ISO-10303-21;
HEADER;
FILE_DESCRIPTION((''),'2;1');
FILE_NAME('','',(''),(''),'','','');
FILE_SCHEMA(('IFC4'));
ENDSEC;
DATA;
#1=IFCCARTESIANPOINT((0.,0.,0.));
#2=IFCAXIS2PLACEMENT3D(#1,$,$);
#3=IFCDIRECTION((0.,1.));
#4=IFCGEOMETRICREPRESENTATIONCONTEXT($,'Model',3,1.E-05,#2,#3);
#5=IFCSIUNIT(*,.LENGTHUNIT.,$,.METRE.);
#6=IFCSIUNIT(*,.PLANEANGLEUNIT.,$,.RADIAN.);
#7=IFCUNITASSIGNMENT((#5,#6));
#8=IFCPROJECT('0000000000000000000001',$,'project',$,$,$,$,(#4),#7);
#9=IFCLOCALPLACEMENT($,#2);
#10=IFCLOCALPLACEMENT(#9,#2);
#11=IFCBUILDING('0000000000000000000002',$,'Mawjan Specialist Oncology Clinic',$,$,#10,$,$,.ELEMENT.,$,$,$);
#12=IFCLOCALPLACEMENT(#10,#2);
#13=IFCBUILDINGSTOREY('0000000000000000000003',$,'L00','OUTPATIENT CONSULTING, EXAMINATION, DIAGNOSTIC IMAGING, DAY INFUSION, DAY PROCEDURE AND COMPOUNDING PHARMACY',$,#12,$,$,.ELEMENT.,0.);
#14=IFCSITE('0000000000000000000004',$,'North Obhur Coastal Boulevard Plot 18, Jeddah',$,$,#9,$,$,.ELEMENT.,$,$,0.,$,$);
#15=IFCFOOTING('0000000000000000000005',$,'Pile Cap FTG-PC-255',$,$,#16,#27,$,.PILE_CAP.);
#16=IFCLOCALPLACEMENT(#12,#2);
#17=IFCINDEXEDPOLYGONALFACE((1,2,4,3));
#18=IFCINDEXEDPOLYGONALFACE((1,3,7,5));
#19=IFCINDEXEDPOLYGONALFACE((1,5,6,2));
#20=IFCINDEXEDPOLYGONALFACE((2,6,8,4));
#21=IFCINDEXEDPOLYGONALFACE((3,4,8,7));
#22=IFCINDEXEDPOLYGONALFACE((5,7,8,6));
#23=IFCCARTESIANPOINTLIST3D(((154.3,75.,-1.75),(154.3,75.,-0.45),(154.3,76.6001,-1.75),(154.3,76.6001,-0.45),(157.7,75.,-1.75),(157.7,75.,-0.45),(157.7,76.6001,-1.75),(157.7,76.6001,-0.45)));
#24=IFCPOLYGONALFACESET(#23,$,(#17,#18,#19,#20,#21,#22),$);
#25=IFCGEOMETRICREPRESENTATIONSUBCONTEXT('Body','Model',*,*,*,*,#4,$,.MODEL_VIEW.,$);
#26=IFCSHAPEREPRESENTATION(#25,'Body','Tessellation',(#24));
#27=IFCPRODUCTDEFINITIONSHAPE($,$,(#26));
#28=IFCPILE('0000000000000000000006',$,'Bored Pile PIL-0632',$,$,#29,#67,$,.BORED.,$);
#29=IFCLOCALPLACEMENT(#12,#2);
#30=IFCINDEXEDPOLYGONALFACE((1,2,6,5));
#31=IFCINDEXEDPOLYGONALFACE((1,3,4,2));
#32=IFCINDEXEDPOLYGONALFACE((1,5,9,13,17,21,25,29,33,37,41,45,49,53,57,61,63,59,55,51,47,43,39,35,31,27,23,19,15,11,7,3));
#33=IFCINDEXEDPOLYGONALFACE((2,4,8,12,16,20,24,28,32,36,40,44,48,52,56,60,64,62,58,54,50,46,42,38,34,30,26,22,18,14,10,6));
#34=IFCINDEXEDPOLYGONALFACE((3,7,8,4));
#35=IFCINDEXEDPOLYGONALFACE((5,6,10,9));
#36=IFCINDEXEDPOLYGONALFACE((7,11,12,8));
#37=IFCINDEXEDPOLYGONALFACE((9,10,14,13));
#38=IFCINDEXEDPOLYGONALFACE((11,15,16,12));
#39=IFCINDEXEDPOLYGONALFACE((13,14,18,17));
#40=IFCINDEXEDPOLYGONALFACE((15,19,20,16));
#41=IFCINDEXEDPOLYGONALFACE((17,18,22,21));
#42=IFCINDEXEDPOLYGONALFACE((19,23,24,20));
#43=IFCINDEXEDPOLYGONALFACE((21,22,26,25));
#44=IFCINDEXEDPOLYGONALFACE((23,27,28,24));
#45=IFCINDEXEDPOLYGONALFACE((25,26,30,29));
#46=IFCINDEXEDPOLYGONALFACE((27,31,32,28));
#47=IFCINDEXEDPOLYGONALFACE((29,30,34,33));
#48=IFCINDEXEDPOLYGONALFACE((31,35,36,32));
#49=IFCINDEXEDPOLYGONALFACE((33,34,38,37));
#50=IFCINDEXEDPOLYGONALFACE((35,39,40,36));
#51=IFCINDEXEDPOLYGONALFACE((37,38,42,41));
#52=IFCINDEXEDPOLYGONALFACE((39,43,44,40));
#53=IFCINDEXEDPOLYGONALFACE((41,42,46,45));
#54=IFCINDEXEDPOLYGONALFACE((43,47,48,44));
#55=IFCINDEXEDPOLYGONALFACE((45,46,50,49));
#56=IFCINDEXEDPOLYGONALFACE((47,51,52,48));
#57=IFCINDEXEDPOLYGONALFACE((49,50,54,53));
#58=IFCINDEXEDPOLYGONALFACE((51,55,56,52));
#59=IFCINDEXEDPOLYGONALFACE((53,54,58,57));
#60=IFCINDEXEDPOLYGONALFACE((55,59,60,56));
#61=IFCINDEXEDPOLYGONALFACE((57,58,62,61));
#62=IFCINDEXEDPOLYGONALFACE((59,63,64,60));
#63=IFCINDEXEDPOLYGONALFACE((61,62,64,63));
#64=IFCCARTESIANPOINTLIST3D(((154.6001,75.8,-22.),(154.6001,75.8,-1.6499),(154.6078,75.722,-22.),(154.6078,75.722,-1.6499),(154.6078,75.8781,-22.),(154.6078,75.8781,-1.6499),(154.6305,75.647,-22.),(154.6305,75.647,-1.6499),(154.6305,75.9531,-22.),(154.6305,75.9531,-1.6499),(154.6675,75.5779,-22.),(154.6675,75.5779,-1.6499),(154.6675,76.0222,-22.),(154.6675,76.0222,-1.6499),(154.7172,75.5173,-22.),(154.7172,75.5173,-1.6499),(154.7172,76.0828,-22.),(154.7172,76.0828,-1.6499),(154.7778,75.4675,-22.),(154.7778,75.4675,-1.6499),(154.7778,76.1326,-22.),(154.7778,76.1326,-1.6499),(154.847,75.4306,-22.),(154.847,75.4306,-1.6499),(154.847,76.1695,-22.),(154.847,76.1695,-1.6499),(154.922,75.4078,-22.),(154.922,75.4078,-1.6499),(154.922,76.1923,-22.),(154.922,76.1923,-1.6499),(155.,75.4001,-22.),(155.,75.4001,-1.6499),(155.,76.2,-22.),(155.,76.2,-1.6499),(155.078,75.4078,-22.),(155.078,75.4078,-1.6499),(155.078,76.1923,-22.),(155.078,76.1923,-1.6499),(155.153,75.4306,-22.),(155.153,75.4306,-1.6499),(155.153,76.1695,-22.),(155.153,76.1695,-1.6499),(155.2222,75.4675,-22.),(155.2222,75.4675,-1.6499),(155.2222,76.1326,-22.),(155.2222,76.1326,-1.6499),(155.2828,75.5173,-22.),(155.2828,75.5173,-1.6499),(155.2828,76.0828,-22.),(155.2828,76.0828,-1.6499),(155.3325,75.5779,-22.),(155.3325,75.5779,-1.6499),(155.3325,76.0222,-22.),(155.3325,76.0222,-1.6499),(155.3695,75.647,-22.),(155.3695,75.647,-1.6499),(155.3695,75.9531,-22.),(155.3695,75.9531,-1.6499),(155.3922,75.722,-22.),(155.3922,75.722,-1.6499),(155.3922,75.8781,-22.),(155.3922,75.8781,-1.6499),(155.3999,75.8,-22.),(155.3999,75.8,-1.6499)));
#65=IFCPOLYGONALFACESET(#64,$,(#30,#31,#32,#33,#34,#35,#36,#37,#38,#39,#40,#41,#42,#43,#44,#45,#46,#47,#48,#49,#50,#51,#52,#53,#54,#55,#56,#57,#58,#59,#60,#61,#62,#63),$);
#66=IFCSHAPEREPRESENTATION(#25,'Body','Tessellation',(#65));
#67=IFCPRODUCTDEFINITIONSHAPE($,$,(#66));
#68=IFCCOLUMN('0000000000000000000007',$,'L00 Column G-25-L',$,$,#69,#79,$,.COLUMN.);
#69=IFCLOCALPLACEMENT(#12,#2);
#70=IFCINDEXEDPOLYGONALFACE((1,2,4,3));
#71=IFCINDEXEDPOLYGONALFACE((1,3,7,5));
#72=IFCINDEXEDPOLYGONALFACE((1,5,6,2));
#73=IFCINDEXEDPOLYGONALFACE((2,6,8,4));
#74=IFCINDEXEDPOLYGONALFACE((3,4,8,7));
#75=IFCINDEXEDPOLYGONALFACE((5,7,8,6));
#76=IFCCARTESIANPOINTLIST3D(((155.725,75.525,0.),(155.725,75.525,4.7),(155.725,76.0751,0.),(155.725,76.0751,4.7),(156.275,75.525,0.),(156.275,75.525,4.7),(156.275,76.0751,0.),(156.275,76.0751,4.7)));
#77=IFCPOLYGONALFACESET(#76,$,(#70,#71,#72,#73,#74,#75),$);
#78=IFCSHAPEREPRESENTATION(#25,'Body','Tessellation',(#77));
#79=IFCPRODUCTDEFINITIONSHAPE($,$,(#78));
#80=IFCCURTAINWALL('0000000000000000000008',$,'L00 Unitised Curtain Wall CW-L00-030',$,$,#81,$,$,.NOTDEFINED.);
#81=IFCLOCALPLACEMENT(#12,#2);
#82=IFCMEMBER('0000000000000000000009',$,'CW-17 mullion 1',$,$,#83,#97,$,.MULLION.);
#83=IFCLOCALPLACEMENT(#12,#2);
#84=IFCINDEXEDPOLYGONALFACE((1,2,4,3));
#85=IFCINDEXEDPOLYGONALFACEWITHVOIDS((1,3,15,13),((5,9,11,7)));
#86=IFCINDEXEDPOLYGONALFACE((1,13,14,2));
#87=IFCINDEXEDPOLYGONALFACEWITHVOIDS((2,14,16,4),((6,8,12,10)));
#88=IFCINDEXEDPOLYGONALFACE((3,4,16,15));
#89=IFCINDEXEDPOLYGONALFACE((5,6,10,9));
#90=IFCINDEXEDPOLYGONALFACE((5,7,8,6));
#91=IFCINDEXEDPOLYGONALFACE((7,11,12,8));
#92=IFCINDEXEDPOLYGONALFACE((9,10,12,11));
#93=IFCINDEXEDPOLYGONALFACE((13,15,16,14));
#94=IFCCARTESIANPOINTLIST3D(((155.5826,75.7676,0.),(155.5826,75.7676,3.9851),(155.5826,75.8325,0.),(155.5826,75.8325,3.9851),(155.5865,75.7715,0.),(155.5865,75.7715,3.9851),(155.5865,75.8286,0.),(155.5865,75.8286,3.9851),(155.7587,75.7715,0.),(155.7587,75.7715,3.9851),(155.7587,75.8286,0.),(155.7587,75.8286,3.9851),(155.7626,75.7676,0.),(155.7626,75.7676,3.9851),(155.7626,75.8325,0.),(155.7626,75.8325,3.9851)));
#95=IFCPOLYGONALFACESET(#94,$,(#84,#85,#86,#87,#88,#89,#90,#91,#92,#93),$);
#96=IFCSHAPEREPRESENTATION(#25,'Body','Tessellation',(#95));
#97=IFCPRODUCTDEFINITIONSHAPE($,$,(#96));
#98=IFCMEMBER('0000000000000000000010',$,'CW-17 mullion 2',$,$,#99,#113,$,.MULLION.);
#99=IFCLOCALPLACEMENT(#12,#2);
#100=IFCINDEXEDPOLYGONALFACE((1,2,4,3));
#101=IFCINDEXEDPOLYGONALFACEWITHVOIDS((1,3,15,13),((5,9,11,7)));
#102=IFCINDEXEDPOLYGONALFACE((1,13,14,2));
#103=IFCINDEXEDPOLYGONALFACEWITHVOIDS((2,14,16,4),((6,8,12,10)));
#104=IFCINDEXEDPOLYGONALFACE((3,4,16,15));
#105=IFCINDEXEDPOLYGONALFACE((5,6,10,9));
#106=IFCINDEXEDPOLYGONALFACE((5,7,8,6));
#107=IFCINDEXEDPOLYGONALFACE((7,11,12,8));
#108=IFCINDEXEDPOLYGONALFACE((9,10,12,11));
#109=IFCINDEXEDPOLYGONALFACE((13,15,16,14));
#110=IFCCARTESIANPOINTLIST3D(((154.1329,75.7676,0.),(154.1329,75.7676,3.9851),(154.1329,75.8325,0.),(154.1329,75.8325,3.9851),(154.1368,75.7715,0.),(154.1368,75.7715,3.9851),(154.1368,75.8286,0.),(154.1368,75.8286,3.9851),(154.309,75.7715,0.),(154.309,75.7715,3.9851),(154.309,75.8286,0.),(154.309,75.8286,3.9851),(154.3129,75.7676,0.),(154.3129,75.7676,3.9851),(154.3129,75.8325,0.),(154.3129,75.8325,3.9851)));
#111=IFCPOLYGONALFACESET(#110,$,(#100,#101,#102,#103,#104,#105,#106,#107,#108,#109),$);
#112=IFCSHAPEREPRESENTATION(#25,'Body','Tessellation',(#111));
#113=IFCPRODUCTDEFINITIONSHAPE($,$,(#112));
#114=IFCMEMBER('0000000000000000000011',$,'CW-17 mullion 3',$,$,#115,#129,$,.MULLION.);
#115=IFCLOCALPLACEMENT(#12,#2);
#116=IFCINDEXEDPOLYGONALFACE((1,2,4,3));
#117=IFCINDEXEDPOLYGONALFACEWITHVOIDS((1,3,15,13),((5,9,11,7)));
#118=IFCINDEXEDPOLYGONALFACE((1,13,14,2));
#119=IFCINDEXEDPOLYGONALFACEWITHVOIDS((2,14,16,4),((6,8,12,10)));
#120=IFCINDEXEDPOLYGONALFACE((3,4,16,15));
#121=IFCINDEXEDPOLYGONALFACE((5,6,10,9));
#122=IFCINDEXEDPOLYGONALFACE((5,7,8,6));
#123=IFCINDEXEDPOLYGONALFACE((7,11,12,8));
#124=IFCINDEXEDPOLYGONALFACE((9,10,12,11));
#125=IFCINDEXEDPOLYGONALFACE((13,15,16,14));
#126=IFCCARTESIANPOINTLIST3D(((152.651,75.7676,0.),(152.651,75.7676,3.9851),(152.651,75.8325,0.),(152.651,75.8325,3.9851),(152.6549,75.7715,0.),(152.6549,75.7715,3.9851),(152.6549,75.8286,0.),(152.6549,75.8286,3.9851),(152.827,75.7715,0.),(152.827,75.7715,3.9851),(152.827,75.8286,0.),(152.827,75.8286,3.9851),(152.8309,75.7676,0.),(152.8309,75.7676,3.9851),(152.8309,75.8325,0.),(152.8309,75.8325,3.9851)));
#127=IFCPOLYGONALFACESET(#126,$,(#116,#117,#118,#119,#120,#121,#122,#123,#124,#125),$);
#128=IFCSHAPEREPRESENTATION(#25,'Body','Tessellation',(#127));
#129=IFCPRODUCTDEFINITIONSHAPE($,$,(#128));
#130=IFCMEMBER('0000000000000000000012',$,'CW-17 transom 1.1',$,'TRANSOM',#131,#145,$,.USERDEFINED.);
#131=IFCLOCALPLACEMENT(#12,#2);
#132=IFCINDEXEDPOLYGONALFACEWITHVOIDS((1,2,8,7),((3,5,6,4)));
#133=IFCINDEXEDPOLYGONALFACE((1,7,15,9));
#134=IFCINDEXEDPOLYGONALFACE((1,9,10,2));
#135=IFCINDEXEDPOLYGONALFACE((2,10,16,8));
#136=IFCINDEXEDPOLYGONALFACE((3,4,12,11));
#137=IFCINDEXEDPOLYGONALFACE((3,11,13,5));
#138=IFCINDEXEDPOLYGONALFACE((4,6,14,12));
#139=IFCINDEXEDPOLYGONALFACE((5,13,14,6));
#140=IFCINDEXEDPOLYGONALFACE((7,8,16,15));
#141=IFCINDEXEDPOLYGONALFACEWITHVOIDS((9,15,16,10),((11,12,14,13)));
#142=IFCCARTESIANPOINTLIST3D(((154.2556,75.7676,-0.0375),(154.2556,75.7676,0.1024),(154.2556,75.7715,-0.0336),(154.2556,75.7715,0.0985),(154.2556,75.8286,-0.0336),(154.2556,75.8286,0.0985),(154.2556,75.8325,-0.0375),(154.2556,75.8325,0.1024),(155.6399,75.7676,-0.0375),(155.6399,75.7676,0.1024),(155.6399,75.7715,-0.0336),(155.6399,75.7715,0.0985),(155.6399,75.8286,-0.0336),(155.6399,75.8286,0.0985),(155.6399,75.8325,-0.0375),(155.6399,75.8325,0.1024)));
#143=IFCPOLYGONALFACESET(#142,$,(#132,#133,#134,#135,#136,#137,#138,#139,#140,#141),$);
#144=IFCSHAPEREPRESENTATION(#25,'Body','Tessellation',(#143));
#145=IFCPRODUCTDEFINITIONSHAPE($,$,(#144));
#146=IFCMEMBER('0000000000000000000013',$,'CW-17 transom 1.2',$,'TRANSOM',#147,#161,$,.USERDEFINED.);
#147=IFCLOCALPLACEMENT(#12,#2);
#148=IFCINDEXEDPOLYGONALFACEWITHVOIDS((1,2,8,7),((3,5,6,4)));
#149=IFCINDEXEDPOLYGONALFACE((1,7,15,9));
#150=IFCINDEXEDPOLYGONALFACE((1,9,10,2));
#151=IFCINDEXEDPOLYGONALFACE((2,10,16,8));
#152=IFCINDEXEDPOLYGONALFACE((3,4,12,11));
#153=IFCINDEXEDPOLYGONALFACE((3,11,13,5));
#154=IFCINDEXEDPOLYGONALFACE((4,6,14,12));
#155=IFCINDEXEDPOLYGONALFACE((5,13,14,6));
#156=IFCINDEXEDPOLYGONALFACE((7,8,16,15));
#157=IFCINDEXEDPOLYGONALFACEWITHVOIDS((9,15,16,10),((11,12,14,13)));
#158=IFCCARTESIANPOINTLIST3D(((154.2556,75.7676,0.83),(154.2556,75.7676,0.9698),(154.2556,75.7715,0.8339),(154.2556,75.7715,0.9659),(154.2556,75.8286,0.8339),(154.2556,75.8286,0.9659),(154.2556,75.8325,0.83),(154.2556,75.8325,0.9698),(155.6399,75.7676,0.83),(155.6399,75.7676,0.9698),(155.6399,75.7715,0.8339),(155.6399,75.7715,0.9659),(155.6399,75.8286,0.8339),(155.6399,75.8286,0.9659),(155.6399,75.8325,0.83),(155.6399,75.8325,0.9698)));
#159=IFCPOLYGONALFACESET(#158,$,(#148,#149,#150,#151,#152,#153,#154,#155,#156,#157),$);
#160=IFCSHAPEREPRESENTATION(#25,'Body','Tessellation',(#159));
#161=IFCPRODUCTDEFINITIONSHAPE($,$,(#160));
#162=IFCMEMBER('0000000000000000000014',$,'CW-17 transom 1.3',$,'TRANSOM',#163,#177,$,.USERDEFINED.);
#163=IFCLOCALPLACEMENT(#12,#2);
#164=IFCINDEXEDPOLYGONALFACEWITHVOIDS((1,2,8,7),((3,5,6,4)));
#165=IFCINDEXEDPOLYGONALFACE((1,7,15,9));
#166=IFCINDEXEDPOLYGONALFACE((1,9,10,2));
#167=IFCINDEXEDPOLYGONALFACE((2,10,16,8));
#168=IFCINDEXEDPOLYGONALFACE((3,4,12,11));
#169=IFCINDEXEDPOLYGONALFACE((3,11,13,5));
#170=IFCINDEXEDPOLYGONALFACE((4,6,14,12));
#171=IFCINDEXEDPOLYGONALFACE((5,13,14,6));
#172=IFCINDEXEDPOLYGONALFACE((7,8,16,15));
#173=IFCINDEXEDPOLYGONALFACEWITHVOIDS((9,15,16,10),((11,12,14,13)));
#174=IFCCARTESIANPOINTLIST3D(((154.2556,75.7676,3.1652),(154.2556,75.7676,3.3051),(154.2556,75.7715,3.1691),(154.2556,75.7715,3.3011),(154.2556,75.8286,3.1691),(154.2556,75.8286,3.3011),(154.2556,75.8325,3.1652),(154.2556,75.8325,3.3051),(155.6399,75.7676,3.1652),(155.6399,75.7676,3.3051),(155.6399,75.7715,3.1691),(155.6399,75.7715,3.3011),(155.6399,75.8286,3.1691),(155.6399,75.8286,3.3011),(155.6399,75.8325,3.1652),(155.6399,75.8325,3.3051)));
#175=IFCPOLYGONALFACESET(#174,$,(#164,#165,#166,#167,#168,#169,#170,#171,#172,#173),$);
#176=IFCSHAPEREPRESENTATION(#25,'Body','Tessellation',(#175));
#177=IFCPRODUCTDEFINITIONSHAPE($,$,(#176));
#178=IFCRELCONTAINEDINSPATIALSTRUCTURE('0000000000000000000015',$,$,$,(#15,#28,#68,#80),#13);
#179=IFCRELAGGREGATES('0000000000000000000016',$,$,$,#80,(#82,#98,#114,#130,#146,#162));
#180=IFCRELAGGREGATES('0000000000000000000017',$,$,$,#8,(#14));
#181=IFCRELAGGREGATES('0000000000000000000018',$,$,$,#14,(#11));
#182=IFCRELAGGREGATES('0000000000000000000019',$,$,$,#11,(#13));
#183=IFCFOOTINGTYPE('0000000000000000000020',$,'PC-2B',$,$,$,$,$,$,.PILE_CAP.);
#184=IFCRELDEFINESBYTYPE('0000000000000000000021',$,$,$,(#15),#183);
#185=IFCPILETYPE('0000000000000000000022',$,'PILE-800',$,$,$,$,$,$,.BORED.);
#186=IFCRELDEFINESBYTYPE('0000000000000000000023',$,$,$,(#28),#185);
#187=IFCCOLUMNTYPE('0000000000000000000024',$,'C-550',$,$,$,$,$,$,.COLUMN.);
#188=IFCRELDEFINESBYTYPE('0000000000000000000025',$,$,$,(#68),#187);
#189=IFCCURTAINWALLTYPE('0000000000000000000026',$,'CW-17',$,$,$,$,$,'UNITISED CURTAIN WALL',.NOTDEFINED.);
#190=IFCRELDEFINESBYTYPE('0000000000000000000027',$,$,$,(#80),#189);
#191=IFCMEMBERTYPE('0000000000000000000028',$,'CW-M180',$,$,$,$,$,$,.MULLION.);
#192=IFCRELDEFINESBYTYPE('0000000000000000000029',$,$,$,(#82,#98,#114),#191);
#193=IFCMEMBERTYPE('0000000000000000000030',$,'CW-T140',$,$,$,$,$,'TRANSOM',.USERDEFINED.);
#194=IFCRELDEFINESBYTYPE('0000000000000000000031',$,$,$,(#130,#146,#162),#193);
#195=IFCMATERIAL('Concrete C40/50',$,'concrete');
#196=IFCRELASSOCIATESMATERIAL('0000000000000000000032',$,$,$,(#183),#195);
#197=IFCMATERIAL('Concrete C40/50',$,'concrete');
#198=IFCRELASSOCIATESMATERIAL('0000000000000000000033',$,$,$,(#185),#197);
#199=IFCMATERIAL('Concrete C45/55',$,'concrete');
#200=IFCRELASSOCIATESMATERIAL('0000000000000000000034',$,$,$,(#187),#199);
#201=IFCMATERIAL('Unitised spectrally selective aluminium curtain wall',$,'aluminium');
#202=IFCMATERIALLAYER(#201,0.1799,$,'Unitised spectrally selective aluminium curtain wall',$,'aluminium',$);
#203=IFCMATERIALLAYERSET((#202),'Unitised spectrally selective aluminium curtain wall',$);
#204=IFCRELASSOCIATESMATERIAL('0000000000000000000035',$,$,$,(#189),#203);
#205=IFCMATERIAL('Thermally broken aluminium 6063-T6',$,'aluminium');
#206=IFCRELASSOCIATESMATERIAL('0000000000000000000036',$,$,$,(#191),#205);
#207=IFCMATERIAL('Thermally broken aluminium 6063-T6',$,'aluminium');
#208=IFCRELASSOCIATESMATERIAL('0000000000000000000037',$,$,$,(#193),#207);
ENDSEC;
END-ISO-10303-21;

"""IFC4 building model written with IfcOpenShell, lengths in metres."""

from ifc_helpers import new_model, si_unit, direction, frame, origin, origin_2d, place, context, subcontext, project, spatial, rectangle, hollow_rectangle, circle, extrude, material, layer, layer_set, material_profile, profile_set, type_object, element, aggregate, save


model = new_model("IFC4")

# Units and contexts
model_context = context("Model", 3, precision=1e-05, world=origin(), true_north=direction((0.0, 1.0)))
body_context = subcontext(model_context, "Body", "Model", "MODEL_VIEW")
ifc_project = project(units=[si_unit("LENGTHUNIT", "METRE"), si_unit("PLANEANGLEUNIT", "RADIAN")], contexts=[model_context])

# Site, building, storey
site_placement = place(None, origin())
site = spatial("IfcSite", under=ifc_project, at=site_placement, Name="North Obhur Coastal Boulevard Plot 18, Jeddah", CompositionType="ELEMENT", RefElevation=0.0)
building_placement = place(site_placement, origin())
building = spatial("IfcBuilding", under=site, at=building_placement, Name="Mawjan Specialist Oncology Clinic", CompositionType="ELEMENT")
storey_placement = place(building_placement, origin())
storey = spatial("IfcBuildingStorey", under=building, at=storey_placement, Name="L00", Description="OUTPATIENT CONSULTING, EXAMINATION, DIAGNOSTIC IMAGING, DAY INFUSION, DAY PROCEDURE AND COMPOUNDING PHARMACY", CompositionType="ELEMENT", Elevation=0.0)

# Footing
ifc_material_1 = material(Name="Concrete C40/50", Category="concrete")
footing_type = type_object("IfcFootingType", Name="PC-2B", PredefinedType="PILE_CAP", material=ifc_material_1)
footing_placement = place(storey_placement, frame((156.0, 75.8, -1.75), z_axis=(0.0, 0.0, 1.0), x_axis=(1.0, 0.0, 0.0)))
element("IfcFooting", 1, at=footing_placement, inside=storey, type_object=footing_type, Name="Pile Cap FTG-PC-255", PredefinedType="PILE_CAP", context=body_context, shape_type="SweptSolid", body=[
    extrude(rectangle(XDim=3.3999, YDim=1.6001, at=origin_2d()), origin(), (0.0, 0.0, 1.0), 1.3),
])

# Pile
ifc_material_2 = material(Name="Concrete C40/50", Category="concrete")
ifc_material_profile_1 = material_profile(ifc_material_2, circle(Radius=0.3999, at=origin_2d()), Name="BORED PILE D800", Category="concrete")
ifc_profile_set_1 = profile_set([ifc_material_profile_1], Name="Concrete C40/50")
pile_type = type_object("IfcPileType", Name="PILE-800", PredefinedType="BORED", material=ifc_profile_set_1)
pile_placement = place(storey_placement, frame((155.0, 75.8, -1.6499), z_axis=(0.0, 0.0, -1.0), x_axis=(1.0, 0.0, 0.0)))
element("IfcPile", 2, at=pile_placement, inside=storey, type_object=pile_type, Name="Bored Pile PIL-0632", PredefinedType="BORED", context=body_context, shape_type="SweptSolid", body=[
    extrude(circle(Radius=0.3999, at=origin_2d()), origin(), (0.0, 0.0, 1.0), 20.3501),
])

# Column
ifc_material_3 = material(Name="Concrete C45/55", Category="concrete")
ifc_material_profile_2 = material_profile(ifc_material_3, rectangle(XDim=0.55, YDim=0.55, at=origin_2d()), Name="RC COL 550x550", Category="concrete")
ifc_profile_set_2 = profile_set([ifc_material_profile_2], Name="Concrete C45/55")
column_type = type_object("IfcColumnType", Name="C-550", PredefinedType="COLUMN", material=ifc_profile_set_2)
column_placement = place(storey_placement, frame((156.0, 75.8, 0.0), z_axis=(0.0, 0.0, 1.0), x_axis=(1.0, 0.0, 0.0)))
element("IfcColumn", 3, at=column_placement, inside=storey, type_object=column_type, Name="L00 Column G-25-L", PredefinedType="COLUMN", context=body_context, shape_type="SweptSolid", body=[
    extrude(rectangle(XDim=0.55, YDim=0.55, at=origin_2d()), origin(), (0.0, 0.0, 1.0), 4.7),
])

# Curtain wall, members
ifc_material_4 = material(Name="Unitised spectrally selective aluminium curtain wall", Category="aluminium")
ifc_layer_1 = layer(ifc_material_4, 0.1799, Name="Unitised spectrally selective aluminium curtain wall", Category="aluminium")
ifc_layer_set_1 = layer_set([ifc_layer_1], Name="Unitised spectrally selective aluminium curtain wall")
curtain_wall_type = type_object("IfcCurtainWallType", Name="CW-17", ElementType="UNITISED CURTAIN WALL", PredefinedType="NOTDEFINED", material=ifc_layer_set_1)
curtain_wall_placement = place(storey_placement, origin())
curtain_wall = element("IfcCurtainWall", 4, at=curtain_wall_placement, inside=storey, type_object=curtain_wall_type, Name="L00 Unitised Curtain Wall CW-L00-030", PredefinedType="NOTDEFINED")
ifc_material_5 = material(Name="Thermally broken aluminium 6063-T6", Category="aluminium")
ifc_material_profile_3 = material_profile(ifc_material_5, hollow_rectangle(XDim=0.0649, YDim=0.1799, WallThickness=0.0039, at=origin_2d()), Name="ALU MULLION 180x65x4", Category="aluminium")
ifc_profile_set_3 = profile_set([ifc_material_profile_3], Name="Thermally broken aluminium 6063-T6")
member_type_1 = type_object("IfcMemberType", Name="CW-M180", PredefinedType="MULLION", material=ifc_profile_set_3)
member_1_placement = place(storey_placement, frame((155.6726, 75.8, 0.0), z_axis=(0.0, 0.0, 1.0), x_axis=(0.0, -1.0, 0.0)))
member_1 = element("IfcMember", 5, at=member_1_placement, type_object=member_type_1, Name="CW-17 mullion 1", PredefinedType="MULLION", context=body_context, shape_type="SweptSolid", body=[
    extrude(hollow_rectangle(XDim=0.0649, YDim=0.1799, WallThickness=0.0039, at=origin_2d()), origin(), (0.0, 0.0, 1.0), 3.9851),
])
member_2_placement = place(storey_placement, frame((154.2229, 75.8, 0.0), z_axis=(0.0, 0.0, 1.0), x_axis=(0.0, -1.0, 0.0)))
member_2 = element("IfcMember", 6, at=member_2_placement, type_object=member_type_1, Name="CW-17 mullion 2", PredefinedType="MULLION", context=body_context, shape_type="SweptSolid", body=[
    extrude(hollow_rectangle(XDim=0.0649, YDim=0.1799, WallThickness=0.0039, at=origin_2d()), origin(), (0.0, 0.0, 1.0), 3.9851),
])
member_3_placement = place(storey_placement, frame((152.741, 75.8, 0.0), z_axis=(0.0, 0.0, 1.0), x_axis=(0.0, -1.0, 0.0)))
member_3 = element("IfcMember", 7, at=member_3_placement, type_object=member_type_1, Name="CW-17 mullion 3", PredefinedType="MULLION", context=body_context, shape_type="SweptSolid", body=[
    extrude(hollow_rectangle(XDim=0.0649, YDim=0.1799, WallThickness=0.0039, at=origin_2d()), origin(), (0.0, 0.0, 1.0), 3.9851),
])
ifc_material_6 = material(Name="Thermally broken aluminium 6063-T6", Category="aluminium")
ifc_material_profile_4 = material_profile(ifc_material_6, hollow_rectangle(XDim=0.0649, YDim=0.1399, WallThickness=0.0039, at=origin_2d()), Name="ALU TRANSOM 140x65x4", Category="aluminium")
ifc_profile_set_4 = profile_set([ifc_material_profile_4], Name="Thermally broken aluminium 6063-T6")
member_type_2 = type_object("IfcMemberType", Name="CW-T140", ElementType="TRANSOM", PredefinedType="USERDEFINED", material=ifc_profile_set_4)
member_4_placement = place(storey_placement, frame((155.6399, 75.8, 0.0325), z_axis=(-1.0, 0.0, 0.0), x_axis=(0.0, -1.0, 0.0)))
member_4 = element("IfcMember", 8, at=member_4_placement, type_object=member_type_2, Name="CW-17 transom 1.1", ObjectType="TRANSOM", PredefinedType="USERDEFINED", context=body_context, shape_type="SweptSolid", body=[
    extrude(hollow_rectangle(XDim=0.0649, YDim=0.1399, WallThickness=0.0039, at=origin_2d()), origin(), (0.0, 0.0, 1.0), 1.3843),
])
member_5_placement = place(storey_placement, frame((155.6399, 75.8, 0.8999), z_axis=(-1.0, 0.0, 0.0), x_axis=(0.0, -1.0, 0.0)))
member_5 = element("IfcMember", 9, at=member_5_placement, type_object=member_type_2, Name="CW-17 transom 1.2", ObjectType="TRANSOM", PredefinedType="USERDEFINED", context=body_context, shape_type="SweptSolid", body=[
    extrude(hollow_rectangle(XDim=0.0649, YDim=0.1399, WallThickness=0.0039, at=origin_2d()), origin(), (0.0, 0.0, 1.0), 1.3843),
])
member_6_placement = place(storey_placement, frame((155.6399, 75.8, 3.2351), z_axis=(-1.0, 0.0, 0.0), x_axis=(0.0, -1.0, 0.0)))
member_6 = element("IfcMember", 10, at=member_6_placement, type_object=member_type_2, Name="CW-17 transom 1.3", ObjectType="TRANSOM", PredefinedType="USERDEFINED", context=body_context, shape_type="SweptSolid", body=[
    extrude(hollow_rectangle(XDim=0.0649, YDim=0.1399, WallThickness=0.0039, at=origin_2d()), origin(), (0.0, 0.0, 1.0), 1.3843),
])
aggregate(curtain_wall, [member_1, member_2, member_3, member_4, member_5, member_6])

save(model, "model.ifc")
